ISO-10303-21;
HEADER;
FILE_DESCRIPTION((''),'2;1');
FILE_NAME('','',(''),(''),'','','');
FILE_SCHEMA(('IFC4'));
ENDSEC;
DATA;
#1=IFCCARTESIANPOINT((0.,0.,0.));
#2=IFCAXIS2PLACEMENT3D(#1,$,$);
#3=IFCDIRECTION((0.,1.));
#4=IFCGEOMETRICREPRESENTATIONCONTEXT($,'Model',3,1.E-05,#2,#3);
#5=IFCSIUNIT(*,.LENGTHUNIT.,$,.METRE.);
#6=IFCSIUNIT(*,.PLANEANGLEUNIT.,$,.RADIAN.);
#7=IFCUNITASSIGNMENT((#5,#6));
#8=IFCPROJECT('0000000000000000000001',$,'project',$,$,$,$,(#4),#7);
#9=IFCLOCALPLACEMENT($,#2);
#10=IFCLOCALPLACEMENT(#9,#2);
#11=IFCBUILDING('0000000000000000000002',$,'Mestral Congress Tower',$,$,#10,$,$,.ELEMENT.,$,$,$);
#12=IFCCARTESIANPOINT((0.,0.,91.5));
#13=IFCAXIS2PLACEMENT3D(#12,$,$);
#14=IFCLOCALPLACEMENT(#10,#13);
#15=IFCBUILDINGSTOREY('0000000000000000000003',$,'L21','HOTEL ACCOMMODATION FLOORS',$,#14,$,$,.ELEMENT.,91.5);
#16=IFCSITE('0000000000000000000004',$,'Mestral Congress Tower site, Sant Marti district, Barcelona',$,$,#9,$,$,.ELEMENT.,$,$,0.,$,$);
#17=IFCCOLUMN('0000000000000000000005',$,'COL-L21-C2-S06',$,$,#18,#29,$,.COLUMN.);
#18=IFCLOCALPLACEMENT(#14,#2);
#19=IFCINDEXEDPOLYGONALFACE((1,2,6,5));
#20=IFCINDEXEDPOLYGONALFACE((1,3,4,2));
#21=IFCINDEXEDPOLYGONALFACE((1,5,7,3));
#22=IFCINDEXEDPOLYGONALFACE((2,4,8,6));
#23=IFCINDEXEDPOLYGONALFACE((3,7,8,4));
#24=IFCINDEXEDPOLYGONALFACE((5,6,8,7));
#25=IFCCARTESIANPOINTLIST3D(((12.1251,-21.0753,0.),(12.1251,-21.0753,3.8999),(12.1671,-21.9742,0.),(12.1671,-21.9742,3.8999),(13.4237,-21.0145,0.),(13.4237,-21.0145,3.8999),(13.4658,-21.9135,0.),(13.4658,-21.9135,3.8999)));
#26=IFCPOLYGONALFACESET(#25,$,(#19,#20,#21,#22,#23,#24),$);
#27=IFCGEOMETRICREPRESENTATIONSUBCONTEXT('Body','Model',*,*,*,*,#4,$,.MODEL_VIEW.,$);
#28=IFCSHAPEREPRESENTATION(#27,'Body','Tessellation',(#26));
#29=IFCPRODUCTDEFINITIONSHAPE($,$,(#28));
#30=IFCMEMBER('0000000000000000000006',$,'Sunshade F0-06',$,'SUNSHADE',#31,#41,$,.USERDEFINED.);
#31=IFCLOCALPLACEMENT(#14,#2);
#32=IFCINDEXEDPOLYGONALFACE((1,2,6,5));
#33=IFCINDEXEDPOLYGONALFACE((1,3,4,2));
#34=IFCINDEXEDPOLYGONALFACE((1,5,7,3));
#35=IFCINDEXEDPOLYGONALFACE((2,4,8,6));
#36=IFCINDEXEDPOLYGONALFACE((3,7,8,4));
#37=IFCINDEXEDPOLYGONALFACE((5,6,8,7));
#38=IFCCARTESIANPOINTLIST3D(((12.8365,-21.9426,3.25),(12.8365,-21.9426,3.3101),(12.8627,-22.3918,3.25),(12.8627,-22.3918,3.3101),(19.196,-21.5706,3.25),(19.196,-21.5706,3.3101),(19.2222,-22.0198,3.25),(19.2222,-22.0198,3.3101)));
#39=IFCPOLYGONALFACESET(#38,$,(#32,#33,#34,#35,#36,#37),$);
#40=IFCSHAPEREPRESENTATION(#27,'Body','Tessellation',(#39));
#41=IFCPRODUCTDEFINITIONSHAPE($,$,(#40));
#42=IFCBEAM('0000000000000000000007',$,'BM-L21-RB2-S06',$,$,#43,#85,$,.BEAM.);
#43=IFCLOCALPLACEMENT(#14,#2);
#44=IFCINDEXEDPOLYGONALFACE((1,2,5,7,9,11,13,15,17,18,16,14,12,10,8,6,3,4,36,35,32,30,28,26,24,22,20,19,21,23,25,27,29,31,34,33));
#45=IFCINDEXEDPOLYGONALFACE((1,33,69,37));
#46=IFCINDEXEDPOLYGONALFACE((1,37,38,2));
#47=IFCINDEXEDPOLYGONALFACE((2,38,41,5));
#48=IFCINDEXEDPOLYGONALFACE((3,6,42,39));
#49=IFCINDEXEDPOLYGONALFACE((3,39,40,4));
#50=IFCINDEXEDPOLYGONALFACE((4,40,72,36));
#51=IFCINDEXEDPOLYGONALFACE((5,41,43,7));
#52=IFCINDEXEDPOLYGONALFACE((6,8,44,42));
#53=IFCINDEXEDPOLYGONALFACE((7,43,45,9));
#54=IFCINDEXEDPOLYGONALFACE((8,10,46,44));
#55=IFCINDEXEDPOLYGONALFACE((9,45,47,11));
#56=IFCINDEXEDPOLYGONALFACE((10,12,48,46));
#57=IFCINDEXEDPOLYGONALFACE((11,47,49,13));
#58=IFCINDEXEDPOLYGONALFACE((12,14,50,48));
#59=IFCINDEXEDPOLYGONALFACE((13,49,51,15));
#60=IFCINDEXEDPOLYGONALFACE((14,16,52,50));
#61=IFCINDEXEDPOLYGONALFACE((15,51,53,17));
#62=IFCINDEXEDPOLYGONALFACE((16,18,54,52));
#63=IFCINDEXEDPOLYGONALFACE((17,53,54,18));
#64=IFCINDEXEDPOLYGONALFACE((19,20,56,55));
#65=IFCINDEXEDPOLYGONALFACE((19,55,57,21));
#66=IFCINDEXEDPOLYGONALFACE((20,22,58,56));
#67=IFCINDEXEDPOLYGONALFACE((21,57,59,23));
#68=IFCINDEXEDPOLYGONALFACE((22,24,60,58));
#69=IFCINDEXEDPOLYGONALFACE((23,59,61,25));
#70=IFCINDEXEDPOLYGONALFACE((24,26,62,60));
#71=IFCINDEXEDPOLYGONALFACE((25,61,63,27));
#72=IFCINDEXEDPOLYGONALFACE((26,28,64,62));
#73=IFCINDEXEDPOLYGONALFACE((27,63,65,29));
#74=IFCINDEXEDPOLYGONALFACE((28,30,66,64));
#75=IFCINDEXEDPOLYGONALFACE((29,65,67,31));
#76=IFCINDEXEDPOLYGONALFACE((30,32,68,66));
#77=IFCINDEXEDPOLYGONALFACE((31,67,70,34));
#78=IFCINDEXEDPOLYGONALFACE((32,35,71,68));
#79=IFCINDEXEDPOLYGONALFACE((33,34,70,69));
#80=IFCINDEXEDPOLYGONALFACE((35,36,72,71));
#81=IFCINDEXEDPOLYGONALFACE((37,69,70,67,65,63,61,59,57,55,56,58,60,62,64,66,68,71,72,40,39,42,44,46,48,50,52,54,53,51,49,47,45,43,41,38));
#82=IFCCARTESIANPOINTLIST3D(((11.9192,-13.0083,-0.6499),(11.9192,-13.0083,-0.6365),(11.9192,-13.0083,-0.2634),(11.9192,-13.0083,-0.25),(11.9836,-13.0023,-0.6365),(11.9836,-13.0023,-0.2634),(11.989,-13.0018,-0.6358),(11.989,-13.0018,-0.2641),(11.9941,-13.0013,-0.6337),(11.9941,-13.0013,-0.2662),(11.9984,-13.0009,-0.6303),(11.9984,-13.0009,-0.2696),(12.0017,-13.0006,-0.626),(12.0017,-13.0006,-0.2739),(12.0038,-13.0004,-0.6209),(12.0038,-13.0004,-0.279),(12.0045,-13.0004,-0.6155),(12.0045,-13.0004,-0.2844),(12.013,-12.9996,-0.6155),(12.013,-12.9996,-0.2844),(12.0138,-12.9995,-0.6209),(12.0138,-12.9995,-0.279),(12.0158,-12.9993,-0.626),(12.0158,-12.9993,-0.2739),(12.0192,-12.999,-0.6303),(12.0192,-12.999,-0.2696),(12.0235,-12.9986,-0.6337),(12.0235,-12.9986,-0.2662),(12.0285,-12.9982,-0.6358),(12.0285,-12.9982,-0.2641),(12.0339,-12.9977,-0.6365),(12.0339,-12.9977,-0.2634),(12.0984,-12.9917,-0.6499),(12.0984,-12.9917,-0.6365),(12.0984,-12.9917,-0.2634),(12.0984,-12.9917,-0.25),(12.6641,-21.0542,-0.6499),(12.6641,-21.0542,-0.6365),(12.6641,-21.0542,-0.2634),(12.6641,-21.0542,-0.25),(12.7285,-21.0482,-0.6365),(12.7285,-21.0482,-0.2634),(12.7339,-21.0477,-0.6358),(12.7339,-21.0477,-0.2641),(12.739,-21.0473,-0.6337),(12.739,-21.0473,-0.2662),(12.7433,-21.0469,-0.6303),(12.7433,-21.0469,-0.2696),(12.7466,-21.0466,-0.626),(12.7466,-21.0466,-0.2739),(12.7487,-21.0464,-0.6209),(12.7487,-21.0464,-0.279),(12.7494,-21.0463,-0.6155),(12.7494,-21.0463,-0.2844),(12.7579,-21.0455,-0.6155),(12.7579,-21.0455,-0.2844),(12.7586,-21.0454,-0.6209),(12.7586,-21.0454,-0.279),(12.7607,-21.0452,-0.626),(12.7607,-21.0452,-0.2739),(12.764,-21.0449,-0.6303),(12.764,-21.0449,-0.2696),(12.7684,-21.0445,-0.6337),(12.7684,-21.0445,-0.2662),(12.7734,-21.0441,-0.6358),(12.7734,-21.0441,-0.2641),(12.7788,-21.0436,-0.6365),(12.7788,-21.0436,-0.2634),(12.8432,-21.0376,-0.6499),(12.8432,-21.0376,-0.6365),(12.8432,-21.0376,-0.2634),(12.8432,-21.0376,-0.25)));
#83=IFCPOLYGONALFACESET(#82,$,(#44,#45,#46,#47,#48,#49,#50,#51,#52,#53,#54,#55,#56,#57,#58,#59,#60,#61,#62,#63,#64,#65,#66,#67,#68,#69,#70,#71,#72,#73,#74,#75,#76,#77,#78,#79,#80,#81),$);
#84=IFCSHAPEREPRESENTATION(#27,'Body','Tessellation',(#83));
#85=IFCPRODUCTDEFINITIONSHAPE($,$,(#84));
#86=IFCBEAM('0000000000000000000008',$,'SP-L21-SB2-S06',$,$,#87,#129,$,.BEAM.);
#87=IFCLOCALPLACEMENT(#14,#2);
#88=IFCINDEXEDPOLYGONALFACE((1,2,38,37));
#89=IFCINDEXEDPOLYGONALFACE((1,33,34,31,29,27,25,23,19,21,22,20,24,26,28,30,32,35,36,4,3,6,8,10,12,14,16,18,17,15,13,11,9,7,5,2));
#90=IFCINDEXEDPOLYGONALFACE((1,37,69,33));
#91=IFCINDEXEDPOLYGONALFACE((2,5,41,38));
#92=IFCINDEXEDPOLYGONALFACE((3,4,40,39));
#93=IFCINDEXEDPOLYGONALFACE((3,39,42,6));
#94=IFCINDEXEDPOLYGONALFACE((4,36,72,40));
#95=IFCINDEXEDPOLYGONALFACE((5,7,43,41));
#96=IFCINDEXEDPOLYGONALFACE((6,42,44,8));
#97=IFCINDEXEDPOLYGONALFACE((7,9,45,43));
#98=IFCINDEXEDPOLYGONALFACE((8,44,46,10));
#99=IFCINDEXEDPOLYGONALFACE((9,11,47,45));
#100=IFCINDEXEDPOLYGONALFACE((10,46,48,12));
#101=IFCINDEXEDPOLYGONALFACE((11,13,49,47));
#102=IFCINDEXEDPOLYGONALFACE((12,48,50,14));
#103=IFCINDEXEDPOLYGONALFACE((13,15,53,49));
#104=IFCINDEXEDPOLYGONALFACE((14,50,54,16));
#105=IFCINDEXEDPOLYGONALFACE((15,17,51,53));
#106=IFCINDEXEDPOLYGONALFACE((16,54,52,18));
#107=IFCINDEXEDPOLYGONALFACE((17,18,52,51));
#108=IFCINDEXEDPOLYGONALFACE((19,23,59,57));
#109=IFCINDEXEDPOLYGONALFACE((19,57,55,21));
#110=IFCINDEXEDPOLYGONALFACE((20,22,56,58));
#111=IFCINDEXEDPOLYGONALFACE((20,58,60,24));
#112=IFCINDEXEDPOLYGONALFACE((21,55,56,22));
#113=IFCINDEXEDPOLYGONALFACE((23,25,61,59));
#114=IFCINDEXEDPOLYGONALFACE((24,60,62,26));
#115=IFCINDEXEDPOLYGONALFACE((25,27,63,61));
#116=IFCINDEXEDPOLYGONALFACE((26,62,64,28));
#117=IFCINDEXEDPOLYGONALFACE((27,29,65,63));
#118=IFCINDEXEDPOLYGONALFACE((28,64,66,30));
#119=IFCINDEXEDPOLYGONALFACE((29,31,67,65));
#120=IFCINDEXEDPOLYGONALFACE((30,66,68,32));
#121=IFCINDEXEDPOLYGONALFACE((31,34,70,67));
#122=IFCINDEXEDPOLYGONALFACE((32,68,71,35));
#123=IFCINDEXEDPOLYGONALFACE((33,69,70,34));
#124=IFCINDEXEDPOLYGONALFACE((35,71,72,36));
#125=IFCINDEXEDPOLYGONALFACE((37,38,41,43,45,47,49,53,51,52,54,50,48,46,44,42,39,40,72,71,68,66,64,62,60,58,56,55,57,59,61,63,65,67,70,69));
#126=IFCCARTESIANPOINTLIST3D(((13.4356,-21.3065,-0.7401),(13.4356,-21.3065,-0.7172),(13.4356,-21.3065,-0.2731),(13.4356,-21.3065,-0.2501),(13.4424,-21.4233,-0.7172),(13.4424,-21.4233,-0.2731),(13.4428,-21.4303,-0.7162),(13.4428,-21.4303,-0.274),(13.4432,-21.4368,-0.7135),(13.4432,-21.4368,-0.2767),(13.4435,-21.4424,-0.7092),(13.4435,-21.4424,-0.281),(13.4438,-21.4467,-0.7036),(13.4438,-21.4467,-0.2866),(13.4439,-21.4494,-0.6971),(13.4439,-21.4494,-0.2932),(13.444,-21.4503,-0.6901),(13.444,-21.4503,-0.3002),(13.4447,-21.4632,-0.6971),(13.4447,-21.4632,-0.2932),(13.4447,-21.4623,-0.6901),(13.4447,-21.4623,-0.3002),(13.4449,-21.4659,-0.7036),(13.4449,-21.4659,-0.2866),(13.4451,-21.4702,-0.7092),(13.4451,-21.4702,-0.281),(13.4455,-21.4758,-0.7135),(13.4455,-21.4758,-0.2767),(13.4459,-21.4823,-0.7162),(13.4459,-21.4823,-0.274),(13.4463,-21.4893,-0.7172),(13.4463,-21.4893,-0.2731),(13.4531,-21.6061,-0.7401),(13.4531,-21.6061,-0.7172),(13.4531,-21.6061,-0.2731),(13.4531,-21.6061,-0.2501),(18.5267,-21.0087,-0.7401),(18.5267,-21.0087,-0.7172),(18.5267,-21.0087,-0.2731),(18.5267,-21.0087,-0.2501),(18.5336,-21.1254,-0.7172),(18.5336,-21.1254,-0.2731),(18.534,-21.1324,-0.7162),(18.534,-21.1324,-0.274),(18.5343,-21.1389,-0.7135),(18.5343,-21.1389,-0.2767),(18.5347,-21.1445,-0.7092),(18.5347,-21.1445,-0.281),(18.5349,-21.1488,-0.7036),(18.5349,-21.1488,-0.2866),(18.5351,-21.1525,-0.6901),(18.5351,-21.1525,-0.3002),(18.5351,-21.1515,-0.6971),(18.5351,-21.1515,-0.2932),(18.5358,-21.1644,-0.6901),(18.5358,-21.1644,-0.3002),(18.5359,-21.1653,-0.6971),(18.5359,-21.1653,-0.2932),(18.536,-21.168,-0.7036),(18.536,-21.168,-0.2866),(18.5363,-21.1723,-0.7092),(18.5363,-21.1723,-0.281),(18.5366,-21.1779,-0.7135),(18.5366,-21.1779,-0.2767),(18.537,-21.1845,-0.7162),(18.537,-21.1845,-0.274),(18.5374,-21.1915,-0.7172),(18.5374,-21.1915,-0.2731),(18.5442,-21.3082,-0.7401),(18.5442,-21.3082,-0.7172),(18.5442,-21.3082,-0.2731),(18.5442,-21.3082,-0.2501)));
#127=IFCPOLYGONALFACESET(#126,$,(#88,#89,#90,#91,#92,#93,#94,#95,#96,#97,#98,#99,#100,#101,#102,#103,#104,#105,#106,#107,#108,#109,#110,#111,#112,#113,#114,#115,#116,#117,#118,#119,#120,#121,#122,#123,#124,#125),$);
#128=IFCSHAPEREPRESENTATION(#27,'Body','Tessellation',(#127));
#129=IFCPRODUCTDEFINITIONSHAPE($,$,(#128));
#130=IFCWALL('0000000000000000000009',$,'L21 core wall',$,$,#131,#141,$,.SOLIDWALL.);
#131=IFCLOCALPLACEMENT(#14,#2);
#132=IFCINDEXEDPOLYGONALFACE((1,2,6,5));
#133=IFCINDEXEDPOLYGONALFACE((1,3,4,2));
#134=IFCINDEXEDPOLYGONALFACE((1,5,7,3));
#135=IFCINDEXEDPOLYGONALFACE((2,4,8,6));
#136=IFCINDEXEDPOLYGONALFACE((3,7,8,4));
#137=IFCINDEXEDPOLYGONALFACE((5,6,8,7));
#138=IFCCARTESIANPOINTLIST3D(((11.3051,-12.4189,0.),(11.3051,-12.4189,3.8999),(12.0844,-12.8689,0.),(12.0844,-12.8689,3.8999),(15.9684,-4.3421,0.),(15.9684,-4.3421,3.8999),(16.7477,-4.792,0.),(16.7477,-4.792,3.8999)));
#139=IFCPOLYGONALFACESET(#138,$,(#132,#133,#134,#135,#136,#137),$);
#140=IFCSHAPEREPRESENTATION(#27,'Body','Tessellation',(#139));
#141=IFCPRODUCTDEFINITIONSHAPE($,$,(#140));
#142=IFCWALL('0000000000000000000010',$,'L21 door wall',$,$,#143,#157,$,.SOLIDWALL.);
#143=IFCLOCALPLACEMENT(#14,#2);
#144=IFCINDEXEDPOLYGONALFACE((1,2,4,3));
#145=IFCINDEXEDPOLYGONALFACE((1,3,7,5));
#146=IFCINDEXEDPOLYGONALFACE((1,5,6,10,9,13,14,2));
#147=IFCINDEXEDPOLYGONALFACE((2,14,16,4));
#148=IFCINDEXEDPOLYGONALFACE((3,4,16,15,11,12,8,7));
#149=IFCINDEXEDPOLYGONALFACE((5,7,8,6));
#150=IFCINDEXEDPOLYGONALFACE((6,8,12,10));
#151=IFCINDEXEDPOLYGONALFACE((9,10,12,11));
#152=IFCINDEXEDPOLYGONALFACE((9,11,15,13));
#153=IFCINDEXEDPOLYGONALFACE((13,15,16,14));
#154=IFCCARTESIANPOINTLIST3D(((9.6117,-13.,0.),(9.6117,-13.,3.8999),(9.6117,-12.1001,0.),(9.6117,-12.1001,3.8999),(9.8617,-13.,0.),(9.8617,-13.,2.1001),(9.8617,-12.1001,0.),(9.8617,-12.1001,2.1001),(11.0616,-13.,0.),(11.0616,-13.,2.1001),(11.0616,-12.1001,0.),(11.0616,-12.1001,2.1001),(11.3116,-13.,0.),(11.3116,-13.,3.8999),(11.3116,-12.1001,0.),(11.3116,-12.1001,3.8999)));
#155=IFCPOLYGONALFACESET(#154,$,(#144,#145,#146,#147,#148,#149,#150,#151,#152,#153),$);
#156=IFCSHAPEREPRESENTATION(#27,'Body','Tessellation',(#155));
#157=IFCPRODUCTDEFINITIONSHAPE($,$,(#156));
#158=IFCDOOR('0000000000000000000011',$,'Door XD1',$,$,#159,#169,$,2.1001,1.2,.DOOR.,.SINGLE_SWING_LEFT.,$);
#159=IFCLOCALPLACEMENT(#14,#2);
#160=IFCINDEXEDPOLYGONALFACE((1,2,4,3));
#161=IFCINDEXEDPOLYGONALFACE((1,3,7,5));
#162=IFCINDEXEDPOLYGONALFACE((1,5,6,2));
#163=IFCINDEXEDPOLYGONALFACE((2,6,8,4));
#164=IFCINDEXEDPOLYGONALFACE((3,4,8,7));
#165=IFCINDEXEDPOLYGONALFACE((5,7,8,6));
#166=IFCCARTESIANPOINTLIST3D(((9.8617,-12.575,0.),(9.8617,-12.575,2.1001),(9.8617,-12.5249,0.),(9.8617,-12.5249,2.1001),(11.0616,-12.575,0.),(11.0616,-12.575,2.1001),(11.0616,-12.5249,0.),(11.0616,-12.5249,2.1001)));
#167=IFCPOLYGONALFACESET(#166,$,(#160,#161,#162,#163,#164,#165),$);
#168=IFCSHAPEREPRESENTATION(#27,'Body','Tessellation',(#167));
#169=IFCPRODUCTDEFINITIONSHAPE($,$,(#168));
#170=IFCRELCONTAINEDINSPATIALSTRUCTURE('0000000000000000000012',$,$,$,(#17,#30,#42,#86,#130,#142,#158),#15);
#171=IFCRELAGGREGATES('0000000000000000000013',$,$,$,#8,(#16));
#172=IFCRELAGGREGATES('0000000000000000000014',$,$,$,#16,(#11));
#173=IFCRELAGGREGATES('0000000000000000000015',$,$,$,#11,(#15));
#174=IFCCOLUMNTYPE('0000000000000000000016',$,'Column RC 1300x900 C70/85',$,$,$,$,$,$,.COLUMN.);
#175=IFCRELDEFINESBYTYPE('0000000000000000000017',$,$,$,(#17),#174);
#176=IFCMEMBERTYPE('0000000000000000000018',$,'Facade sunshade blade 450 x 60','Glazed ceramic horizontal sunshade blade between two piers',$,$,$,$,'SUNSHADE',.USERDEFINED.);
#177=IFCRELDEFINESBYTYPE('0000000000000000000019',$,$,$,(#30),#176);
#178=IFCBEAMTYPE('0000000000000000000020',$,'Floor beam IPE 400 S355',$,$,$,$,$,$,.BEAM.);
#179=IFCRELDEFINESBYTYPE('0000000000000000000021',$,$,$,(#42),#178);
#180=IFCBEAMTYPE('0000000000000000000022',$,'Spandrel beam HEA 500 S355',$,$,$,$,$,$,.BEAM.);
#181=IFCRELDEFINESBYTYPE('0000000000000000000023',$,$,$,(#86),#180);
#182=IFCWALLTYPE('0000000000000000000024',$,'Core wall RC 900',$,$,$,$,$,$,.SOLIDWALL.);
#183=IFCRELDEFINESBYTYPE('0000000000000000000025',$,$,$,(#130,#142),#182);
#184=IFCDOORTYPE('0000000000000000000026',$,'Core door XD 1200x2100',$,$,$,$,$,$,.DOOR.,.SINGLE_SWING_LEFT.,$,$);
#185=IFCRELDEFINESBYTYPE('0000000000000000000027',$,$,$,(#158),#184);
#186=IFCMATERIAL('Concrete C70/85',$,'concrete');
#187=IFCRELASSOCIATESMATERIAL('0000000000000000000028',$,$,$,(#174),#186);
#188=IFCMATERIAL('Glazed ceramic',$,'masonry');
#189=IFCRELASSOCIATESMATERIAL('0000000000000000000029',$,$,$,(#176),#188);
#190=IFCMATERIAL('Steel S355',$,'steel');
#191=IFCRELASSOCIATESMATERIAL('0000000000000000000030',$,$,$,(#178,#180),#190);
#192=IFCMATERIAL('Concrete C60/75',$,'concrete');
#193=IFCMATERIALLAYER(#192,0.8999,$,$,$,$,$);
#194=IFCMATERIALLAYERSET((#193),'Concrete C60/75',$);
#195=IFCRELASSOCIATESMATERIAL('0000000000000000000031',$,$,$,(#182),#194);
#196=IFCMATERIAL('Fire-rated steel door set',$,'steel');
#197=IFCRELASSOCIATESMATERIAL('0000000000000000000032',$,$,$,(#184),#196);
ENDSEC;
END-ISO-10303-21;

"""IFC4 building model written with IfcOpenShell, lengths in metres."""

from ifc_helpers import new_model, si_unit, direction, frame, frame_2d, origin, origin_2d, place, context, subcontext, project, spatial, rectangle, i_section, extrude, material, layer, layer_set, material_profile, profile_set, type_object, element, fill, save


model = new_model("IFC4")

# Units and contexts
model_context = context("Model", 3, precision=1e-05, world=origin(), true_north=direction((0.0, 1.0)))
body_context = subcontext(model_context, "Body", "Model", "MODEL_VIEW")
ifc_project = project(units=[si_unit("LENGTHUNIT", "METRE"), si_unit("PLANEANGLEUNIT", "RADIAN")], contexts=[model_context])

# Site, building, storey
site_placement = place(None, origin())
site = spatial("IfcSite", under=ifc_project, at=site_placement, Name="Mestral Congress Tower site, Sant Marti district, Barcelona", CompositionType="ELEMENT", RefElevation=0.0)
building_placement = place(site_placement, origin())
building = spatial("IfcBuilding", under=site, at=building_placement, Name="Mestral Congress Tower", CompositionType="ELEMENT")
storey_placement = place(building_placement, frame((0.0, 0.0, 91.5)))
storey = spatial("IfcBuildingStorey", under=building, at=storey_placement, Name="L21", Description="HOTEL ACCOMMODATION FLOORS", CompositionType="ELEMENT", Elevation=91.5)

# Column
ifc_material_1 = material(Name="Concrete C70/85", Category="concrete")
ifc_material_profile_1 = material_profile(ifc_material_1, rectangle(XDim=1.3, YDim=0.8999, at=origin_2d()), Name="RC 1300x900")
ifc_profile_set_1 = profile_set([ifc_material_profile_1], Name="Concrete C70/85")
column_type = type_object("IfcColumnType", Name="Column RC 1300x900 C70/85", PredefinedType="COLUMN", material=ifc_profile_set_1)
column_placement = place(storey_placement, frame((12.7954, -21.4944, 0.0), z_axis=(0.0, 0.0, 1.0), x_axis=(0.998906, 0.046756, 0.0)))
element("IfcColumn", 1, at=column_placement, inside=storey, type_object=column_type, Name="COL-L21-C2-S06", PredefinedType="COLUMN", context=body_context, shape_type="SweptSolid", body=[
    extrude(rectangle(XDim=1.3, YDim=0.8999, at=origin_2d()), origin(), (0.0, 0.0, 1.0), 3.8999),
])

# Member
ifc_material_2 = material(Name="Glazed ceramic", Category="masonry")
ifc_material_profile_2 = material_profile(ifc_material_2, rectangle(XDim=0.45, YDim=0.0601, at=origin_2d()), Name="Ceramic blade 450 x 60")
ifc_profile_set_2 = profile_set([ifc_material_profile_2], Name="Glazed ceramic")
member_type = type_object("IfcMemberType", Name="Facade sunshade blade 450 x 60", Description="Glazed ceramic horizontal sunshade blade between two piers", ElementType="SUNSHADE", PredefinedType="USERDEFINED", material=ifc_profile_set_2)
member_placement = place(storey_placement, frame((12.8496, -22.1672, 3.28), z_axis=(0.998293, 0.058407, 0.0), x_axis=(-0.058407, 0.998293, 0.0)))
element("IfcMember", 2, at=member_placement, inside=storey, type_object=member_type, Name="Sunshade F0-06", ObjectType="SUNSHADE", PredefinedType="USERDEFINED", context=body_context, shape_type="SweptSolid", body=[
    extrude(rectangle(XDim=0.45, YDim=0.0601, at=origin_2d()), origin(), (0.0, 0.0, 1.0), 6.3704),
])

# Beams
ifc_material_3 = material(Name="Steel S355", Category="steel")
ifc_material_profile_3 = material_profile(ifc_material_3, i_section(OverallWidth=0.1799, OverallDepth=0.3999, WebThickness=0.0085, FlangeThickness=0.0134, FilletRadius=0.021, at=origin_2d()), Name="IPE 400")
ifc_profile_set_3 = profile_set([ifc_material_profile_3], Name="Steel S355")
beam_type_1 = type_object("IfcBeamType", Name="Floor beam IPE 400 S355", PredefinedType="BEAM", material=ifc_profile_set_3)
beam_1_placement = place(storey_placement, frame((12.7537, -21.0459, -0.45), z_axis=(-0.092184, 0.995742, 0.0), x_axis=(-0.995742, -0.092184, 0.0)))
element("IfcBeam", 3, at=beam_1_placement, inside=storey, type_object=beam_type_1, Name="BM-L21-RB2-S06", PredefinedType="BEAM", context=body_context, shape_type="SweptSolid", body=[
    extrude(i_section(OverallWidth=0.1799, OverallDepth=0.3999, WebThickness=0.0085, FlangeThickness=0.0134, FilletRadius=0.021, at=origin_2d()), origin(), (0.0, 0.0, 1.0), 8.0803),
])
ifc_material_profile_4 = material_profile(ifc_material_3, i_section(OverallWidth=0.3, OverallDepth=0.49, WebThickness=0.012, FlangeThickness=0.0229, FilletRadius=0.0271, at=origin_2d()), Name="HEA 500")
ifc_profile_set_4 = profile_set([ifc_material_profile_4], Name="Steel S355")
beam_type_2 = type_object("IfcBeamType", Name="Spandrel beam HEA 500 S355", PredefinedType="BEAM", material=ifc_profile_set_4)
beam_2_placement = place(storey_placement, frame((13.4443, -21.4563, -0.4951), z_axis=(0.998293, 0.058405, 0.0), x_axis=(-0.058405, 0.998293, 0.0)))
element("IfcBeam", 4, at=beam_2_placement, inside=storey, type_object=beam_type_2, Name="SP-L21-SB2-S06", PredefinedType="BEAM", context=body_context, shape_type="SweptSolid", body=[
    extrude(i_section(OverallWidth=0.3, OverallDepth=0.49, WebThickness=0.012, FlangeThickness=0.0229, FilletRadius=0.0271, at=origin_2d()), origin(), (0.0, 0.0, 1.0), 5.0999),
])

# Wall
ifc_material_4 = material(Name="Concrete C60/75", Category="concrete")
ifc_layer_1 = layer(ifc_material_4, 0.8999)
ifc_layer_set_1 = layer_set([ifc_layer_1], Name="Concrete C60/75")
wall_type_1 = type_object("IfcWallType", Name="Core wall RC 900", PredefinedType="SOLIDWALL", material=ifc_layer_set_1)
wall_1_placement = place(storey_placement, frame((11.6948, -12.6438, 0.0), z_axis=(0.0, 0.0, 1.0), x_axis=(0.50001, 0.866019, 0.0)))
element("IfcWall", 5, at=wall_1_placement, inside=storey, type_object=wall_type_1, Name="L21 core wall", PredefinedType="SOLIDWALL", context=body_context, shape_type="SweptSolid", body=[
    extrude(rectangle(XDim=9.3264, YDim=0.8999, at=frame_2d((4.6631, 0.0))), origin(), (0.0, 0.0, 1.0), 3.8999),
])

# Wall, opening, door
wall_2_placement = place(storey_placement, frame((11.3118, -12.55, 0.0), z_axis=(0.0, 0.0, 1.0), x_axis=(-1.0, 0.0, 0.0)))
wall_2 = element("IfcWall", 6, at=wall_2_placement, inside=storey, type_object=wall_type_1, Name="L21 door wall", PredefinedType="SOLIDWALL", context=body_context, shape_type="SweptSolid", body=[
    extrude(rectangle(XDim=1.7, YDim=0.8999, at=frame_2d((0.8501, 0.0))), origin(), (0.0, 0.0, 1.0), 3.8999),
])
opening_1_placement = place(wall_2_placement, frame((0.25, 0.0, 0.0)))
opening_1 = element("IfcOpeningElement", 7, at=opening_1_placement, cuts=wall_2, PredefinedType="OPENING", context=body_context, shape_type="SweptSolid", body=[
    extrude(rectangle(XDim=1.2, YDim=2.1001, at=frame_2d((0.6001, 1.05))), frame((0.0, 0.46, 0.0), z_axis=(0.0, -1.0, 0.0), x_axis=(1.0, 0.0, 0.0)), (0.0, 0.0, 1.0), 0.9199),
])
ifc_material_5 = material(Name="Fire-rated steel door set", Category="steel")
door_type_1 = type_object("IfcDoorType", Name="Core door XD 1200x2100", OperationType="SINGLE_SWING_LEFT", PredefinedType="DOOR", material=ifc_material_5)
door_1_placement = place(opening_1_placement, origin())
door_1 = element("IfcDoor", 8, at=door_1_placement, inside=storey, type_object=door_type_1, Name="Door XD1", OperationType="SINGLE_SWING_LEFT", OverallHeight=2.1001, OverallWidth=1.2, PredefinedType="DOOR", context=body_context, shape_type="SweptSolid", body=[
    extrude(rectangle(XDim=1.2, YDim=2.1001, at=frame_2d((0.6001, 1.05))), frame((0.0, 0.0249, 0.0), z_axis=(0.0, -1.0, 0.0), x_axis=(1.0, 0.0, 0.0)), (0.0, 0.0, 1.0), 0.05),
])
fill(opening_1, door_1)

save(model, "model.ifc")
